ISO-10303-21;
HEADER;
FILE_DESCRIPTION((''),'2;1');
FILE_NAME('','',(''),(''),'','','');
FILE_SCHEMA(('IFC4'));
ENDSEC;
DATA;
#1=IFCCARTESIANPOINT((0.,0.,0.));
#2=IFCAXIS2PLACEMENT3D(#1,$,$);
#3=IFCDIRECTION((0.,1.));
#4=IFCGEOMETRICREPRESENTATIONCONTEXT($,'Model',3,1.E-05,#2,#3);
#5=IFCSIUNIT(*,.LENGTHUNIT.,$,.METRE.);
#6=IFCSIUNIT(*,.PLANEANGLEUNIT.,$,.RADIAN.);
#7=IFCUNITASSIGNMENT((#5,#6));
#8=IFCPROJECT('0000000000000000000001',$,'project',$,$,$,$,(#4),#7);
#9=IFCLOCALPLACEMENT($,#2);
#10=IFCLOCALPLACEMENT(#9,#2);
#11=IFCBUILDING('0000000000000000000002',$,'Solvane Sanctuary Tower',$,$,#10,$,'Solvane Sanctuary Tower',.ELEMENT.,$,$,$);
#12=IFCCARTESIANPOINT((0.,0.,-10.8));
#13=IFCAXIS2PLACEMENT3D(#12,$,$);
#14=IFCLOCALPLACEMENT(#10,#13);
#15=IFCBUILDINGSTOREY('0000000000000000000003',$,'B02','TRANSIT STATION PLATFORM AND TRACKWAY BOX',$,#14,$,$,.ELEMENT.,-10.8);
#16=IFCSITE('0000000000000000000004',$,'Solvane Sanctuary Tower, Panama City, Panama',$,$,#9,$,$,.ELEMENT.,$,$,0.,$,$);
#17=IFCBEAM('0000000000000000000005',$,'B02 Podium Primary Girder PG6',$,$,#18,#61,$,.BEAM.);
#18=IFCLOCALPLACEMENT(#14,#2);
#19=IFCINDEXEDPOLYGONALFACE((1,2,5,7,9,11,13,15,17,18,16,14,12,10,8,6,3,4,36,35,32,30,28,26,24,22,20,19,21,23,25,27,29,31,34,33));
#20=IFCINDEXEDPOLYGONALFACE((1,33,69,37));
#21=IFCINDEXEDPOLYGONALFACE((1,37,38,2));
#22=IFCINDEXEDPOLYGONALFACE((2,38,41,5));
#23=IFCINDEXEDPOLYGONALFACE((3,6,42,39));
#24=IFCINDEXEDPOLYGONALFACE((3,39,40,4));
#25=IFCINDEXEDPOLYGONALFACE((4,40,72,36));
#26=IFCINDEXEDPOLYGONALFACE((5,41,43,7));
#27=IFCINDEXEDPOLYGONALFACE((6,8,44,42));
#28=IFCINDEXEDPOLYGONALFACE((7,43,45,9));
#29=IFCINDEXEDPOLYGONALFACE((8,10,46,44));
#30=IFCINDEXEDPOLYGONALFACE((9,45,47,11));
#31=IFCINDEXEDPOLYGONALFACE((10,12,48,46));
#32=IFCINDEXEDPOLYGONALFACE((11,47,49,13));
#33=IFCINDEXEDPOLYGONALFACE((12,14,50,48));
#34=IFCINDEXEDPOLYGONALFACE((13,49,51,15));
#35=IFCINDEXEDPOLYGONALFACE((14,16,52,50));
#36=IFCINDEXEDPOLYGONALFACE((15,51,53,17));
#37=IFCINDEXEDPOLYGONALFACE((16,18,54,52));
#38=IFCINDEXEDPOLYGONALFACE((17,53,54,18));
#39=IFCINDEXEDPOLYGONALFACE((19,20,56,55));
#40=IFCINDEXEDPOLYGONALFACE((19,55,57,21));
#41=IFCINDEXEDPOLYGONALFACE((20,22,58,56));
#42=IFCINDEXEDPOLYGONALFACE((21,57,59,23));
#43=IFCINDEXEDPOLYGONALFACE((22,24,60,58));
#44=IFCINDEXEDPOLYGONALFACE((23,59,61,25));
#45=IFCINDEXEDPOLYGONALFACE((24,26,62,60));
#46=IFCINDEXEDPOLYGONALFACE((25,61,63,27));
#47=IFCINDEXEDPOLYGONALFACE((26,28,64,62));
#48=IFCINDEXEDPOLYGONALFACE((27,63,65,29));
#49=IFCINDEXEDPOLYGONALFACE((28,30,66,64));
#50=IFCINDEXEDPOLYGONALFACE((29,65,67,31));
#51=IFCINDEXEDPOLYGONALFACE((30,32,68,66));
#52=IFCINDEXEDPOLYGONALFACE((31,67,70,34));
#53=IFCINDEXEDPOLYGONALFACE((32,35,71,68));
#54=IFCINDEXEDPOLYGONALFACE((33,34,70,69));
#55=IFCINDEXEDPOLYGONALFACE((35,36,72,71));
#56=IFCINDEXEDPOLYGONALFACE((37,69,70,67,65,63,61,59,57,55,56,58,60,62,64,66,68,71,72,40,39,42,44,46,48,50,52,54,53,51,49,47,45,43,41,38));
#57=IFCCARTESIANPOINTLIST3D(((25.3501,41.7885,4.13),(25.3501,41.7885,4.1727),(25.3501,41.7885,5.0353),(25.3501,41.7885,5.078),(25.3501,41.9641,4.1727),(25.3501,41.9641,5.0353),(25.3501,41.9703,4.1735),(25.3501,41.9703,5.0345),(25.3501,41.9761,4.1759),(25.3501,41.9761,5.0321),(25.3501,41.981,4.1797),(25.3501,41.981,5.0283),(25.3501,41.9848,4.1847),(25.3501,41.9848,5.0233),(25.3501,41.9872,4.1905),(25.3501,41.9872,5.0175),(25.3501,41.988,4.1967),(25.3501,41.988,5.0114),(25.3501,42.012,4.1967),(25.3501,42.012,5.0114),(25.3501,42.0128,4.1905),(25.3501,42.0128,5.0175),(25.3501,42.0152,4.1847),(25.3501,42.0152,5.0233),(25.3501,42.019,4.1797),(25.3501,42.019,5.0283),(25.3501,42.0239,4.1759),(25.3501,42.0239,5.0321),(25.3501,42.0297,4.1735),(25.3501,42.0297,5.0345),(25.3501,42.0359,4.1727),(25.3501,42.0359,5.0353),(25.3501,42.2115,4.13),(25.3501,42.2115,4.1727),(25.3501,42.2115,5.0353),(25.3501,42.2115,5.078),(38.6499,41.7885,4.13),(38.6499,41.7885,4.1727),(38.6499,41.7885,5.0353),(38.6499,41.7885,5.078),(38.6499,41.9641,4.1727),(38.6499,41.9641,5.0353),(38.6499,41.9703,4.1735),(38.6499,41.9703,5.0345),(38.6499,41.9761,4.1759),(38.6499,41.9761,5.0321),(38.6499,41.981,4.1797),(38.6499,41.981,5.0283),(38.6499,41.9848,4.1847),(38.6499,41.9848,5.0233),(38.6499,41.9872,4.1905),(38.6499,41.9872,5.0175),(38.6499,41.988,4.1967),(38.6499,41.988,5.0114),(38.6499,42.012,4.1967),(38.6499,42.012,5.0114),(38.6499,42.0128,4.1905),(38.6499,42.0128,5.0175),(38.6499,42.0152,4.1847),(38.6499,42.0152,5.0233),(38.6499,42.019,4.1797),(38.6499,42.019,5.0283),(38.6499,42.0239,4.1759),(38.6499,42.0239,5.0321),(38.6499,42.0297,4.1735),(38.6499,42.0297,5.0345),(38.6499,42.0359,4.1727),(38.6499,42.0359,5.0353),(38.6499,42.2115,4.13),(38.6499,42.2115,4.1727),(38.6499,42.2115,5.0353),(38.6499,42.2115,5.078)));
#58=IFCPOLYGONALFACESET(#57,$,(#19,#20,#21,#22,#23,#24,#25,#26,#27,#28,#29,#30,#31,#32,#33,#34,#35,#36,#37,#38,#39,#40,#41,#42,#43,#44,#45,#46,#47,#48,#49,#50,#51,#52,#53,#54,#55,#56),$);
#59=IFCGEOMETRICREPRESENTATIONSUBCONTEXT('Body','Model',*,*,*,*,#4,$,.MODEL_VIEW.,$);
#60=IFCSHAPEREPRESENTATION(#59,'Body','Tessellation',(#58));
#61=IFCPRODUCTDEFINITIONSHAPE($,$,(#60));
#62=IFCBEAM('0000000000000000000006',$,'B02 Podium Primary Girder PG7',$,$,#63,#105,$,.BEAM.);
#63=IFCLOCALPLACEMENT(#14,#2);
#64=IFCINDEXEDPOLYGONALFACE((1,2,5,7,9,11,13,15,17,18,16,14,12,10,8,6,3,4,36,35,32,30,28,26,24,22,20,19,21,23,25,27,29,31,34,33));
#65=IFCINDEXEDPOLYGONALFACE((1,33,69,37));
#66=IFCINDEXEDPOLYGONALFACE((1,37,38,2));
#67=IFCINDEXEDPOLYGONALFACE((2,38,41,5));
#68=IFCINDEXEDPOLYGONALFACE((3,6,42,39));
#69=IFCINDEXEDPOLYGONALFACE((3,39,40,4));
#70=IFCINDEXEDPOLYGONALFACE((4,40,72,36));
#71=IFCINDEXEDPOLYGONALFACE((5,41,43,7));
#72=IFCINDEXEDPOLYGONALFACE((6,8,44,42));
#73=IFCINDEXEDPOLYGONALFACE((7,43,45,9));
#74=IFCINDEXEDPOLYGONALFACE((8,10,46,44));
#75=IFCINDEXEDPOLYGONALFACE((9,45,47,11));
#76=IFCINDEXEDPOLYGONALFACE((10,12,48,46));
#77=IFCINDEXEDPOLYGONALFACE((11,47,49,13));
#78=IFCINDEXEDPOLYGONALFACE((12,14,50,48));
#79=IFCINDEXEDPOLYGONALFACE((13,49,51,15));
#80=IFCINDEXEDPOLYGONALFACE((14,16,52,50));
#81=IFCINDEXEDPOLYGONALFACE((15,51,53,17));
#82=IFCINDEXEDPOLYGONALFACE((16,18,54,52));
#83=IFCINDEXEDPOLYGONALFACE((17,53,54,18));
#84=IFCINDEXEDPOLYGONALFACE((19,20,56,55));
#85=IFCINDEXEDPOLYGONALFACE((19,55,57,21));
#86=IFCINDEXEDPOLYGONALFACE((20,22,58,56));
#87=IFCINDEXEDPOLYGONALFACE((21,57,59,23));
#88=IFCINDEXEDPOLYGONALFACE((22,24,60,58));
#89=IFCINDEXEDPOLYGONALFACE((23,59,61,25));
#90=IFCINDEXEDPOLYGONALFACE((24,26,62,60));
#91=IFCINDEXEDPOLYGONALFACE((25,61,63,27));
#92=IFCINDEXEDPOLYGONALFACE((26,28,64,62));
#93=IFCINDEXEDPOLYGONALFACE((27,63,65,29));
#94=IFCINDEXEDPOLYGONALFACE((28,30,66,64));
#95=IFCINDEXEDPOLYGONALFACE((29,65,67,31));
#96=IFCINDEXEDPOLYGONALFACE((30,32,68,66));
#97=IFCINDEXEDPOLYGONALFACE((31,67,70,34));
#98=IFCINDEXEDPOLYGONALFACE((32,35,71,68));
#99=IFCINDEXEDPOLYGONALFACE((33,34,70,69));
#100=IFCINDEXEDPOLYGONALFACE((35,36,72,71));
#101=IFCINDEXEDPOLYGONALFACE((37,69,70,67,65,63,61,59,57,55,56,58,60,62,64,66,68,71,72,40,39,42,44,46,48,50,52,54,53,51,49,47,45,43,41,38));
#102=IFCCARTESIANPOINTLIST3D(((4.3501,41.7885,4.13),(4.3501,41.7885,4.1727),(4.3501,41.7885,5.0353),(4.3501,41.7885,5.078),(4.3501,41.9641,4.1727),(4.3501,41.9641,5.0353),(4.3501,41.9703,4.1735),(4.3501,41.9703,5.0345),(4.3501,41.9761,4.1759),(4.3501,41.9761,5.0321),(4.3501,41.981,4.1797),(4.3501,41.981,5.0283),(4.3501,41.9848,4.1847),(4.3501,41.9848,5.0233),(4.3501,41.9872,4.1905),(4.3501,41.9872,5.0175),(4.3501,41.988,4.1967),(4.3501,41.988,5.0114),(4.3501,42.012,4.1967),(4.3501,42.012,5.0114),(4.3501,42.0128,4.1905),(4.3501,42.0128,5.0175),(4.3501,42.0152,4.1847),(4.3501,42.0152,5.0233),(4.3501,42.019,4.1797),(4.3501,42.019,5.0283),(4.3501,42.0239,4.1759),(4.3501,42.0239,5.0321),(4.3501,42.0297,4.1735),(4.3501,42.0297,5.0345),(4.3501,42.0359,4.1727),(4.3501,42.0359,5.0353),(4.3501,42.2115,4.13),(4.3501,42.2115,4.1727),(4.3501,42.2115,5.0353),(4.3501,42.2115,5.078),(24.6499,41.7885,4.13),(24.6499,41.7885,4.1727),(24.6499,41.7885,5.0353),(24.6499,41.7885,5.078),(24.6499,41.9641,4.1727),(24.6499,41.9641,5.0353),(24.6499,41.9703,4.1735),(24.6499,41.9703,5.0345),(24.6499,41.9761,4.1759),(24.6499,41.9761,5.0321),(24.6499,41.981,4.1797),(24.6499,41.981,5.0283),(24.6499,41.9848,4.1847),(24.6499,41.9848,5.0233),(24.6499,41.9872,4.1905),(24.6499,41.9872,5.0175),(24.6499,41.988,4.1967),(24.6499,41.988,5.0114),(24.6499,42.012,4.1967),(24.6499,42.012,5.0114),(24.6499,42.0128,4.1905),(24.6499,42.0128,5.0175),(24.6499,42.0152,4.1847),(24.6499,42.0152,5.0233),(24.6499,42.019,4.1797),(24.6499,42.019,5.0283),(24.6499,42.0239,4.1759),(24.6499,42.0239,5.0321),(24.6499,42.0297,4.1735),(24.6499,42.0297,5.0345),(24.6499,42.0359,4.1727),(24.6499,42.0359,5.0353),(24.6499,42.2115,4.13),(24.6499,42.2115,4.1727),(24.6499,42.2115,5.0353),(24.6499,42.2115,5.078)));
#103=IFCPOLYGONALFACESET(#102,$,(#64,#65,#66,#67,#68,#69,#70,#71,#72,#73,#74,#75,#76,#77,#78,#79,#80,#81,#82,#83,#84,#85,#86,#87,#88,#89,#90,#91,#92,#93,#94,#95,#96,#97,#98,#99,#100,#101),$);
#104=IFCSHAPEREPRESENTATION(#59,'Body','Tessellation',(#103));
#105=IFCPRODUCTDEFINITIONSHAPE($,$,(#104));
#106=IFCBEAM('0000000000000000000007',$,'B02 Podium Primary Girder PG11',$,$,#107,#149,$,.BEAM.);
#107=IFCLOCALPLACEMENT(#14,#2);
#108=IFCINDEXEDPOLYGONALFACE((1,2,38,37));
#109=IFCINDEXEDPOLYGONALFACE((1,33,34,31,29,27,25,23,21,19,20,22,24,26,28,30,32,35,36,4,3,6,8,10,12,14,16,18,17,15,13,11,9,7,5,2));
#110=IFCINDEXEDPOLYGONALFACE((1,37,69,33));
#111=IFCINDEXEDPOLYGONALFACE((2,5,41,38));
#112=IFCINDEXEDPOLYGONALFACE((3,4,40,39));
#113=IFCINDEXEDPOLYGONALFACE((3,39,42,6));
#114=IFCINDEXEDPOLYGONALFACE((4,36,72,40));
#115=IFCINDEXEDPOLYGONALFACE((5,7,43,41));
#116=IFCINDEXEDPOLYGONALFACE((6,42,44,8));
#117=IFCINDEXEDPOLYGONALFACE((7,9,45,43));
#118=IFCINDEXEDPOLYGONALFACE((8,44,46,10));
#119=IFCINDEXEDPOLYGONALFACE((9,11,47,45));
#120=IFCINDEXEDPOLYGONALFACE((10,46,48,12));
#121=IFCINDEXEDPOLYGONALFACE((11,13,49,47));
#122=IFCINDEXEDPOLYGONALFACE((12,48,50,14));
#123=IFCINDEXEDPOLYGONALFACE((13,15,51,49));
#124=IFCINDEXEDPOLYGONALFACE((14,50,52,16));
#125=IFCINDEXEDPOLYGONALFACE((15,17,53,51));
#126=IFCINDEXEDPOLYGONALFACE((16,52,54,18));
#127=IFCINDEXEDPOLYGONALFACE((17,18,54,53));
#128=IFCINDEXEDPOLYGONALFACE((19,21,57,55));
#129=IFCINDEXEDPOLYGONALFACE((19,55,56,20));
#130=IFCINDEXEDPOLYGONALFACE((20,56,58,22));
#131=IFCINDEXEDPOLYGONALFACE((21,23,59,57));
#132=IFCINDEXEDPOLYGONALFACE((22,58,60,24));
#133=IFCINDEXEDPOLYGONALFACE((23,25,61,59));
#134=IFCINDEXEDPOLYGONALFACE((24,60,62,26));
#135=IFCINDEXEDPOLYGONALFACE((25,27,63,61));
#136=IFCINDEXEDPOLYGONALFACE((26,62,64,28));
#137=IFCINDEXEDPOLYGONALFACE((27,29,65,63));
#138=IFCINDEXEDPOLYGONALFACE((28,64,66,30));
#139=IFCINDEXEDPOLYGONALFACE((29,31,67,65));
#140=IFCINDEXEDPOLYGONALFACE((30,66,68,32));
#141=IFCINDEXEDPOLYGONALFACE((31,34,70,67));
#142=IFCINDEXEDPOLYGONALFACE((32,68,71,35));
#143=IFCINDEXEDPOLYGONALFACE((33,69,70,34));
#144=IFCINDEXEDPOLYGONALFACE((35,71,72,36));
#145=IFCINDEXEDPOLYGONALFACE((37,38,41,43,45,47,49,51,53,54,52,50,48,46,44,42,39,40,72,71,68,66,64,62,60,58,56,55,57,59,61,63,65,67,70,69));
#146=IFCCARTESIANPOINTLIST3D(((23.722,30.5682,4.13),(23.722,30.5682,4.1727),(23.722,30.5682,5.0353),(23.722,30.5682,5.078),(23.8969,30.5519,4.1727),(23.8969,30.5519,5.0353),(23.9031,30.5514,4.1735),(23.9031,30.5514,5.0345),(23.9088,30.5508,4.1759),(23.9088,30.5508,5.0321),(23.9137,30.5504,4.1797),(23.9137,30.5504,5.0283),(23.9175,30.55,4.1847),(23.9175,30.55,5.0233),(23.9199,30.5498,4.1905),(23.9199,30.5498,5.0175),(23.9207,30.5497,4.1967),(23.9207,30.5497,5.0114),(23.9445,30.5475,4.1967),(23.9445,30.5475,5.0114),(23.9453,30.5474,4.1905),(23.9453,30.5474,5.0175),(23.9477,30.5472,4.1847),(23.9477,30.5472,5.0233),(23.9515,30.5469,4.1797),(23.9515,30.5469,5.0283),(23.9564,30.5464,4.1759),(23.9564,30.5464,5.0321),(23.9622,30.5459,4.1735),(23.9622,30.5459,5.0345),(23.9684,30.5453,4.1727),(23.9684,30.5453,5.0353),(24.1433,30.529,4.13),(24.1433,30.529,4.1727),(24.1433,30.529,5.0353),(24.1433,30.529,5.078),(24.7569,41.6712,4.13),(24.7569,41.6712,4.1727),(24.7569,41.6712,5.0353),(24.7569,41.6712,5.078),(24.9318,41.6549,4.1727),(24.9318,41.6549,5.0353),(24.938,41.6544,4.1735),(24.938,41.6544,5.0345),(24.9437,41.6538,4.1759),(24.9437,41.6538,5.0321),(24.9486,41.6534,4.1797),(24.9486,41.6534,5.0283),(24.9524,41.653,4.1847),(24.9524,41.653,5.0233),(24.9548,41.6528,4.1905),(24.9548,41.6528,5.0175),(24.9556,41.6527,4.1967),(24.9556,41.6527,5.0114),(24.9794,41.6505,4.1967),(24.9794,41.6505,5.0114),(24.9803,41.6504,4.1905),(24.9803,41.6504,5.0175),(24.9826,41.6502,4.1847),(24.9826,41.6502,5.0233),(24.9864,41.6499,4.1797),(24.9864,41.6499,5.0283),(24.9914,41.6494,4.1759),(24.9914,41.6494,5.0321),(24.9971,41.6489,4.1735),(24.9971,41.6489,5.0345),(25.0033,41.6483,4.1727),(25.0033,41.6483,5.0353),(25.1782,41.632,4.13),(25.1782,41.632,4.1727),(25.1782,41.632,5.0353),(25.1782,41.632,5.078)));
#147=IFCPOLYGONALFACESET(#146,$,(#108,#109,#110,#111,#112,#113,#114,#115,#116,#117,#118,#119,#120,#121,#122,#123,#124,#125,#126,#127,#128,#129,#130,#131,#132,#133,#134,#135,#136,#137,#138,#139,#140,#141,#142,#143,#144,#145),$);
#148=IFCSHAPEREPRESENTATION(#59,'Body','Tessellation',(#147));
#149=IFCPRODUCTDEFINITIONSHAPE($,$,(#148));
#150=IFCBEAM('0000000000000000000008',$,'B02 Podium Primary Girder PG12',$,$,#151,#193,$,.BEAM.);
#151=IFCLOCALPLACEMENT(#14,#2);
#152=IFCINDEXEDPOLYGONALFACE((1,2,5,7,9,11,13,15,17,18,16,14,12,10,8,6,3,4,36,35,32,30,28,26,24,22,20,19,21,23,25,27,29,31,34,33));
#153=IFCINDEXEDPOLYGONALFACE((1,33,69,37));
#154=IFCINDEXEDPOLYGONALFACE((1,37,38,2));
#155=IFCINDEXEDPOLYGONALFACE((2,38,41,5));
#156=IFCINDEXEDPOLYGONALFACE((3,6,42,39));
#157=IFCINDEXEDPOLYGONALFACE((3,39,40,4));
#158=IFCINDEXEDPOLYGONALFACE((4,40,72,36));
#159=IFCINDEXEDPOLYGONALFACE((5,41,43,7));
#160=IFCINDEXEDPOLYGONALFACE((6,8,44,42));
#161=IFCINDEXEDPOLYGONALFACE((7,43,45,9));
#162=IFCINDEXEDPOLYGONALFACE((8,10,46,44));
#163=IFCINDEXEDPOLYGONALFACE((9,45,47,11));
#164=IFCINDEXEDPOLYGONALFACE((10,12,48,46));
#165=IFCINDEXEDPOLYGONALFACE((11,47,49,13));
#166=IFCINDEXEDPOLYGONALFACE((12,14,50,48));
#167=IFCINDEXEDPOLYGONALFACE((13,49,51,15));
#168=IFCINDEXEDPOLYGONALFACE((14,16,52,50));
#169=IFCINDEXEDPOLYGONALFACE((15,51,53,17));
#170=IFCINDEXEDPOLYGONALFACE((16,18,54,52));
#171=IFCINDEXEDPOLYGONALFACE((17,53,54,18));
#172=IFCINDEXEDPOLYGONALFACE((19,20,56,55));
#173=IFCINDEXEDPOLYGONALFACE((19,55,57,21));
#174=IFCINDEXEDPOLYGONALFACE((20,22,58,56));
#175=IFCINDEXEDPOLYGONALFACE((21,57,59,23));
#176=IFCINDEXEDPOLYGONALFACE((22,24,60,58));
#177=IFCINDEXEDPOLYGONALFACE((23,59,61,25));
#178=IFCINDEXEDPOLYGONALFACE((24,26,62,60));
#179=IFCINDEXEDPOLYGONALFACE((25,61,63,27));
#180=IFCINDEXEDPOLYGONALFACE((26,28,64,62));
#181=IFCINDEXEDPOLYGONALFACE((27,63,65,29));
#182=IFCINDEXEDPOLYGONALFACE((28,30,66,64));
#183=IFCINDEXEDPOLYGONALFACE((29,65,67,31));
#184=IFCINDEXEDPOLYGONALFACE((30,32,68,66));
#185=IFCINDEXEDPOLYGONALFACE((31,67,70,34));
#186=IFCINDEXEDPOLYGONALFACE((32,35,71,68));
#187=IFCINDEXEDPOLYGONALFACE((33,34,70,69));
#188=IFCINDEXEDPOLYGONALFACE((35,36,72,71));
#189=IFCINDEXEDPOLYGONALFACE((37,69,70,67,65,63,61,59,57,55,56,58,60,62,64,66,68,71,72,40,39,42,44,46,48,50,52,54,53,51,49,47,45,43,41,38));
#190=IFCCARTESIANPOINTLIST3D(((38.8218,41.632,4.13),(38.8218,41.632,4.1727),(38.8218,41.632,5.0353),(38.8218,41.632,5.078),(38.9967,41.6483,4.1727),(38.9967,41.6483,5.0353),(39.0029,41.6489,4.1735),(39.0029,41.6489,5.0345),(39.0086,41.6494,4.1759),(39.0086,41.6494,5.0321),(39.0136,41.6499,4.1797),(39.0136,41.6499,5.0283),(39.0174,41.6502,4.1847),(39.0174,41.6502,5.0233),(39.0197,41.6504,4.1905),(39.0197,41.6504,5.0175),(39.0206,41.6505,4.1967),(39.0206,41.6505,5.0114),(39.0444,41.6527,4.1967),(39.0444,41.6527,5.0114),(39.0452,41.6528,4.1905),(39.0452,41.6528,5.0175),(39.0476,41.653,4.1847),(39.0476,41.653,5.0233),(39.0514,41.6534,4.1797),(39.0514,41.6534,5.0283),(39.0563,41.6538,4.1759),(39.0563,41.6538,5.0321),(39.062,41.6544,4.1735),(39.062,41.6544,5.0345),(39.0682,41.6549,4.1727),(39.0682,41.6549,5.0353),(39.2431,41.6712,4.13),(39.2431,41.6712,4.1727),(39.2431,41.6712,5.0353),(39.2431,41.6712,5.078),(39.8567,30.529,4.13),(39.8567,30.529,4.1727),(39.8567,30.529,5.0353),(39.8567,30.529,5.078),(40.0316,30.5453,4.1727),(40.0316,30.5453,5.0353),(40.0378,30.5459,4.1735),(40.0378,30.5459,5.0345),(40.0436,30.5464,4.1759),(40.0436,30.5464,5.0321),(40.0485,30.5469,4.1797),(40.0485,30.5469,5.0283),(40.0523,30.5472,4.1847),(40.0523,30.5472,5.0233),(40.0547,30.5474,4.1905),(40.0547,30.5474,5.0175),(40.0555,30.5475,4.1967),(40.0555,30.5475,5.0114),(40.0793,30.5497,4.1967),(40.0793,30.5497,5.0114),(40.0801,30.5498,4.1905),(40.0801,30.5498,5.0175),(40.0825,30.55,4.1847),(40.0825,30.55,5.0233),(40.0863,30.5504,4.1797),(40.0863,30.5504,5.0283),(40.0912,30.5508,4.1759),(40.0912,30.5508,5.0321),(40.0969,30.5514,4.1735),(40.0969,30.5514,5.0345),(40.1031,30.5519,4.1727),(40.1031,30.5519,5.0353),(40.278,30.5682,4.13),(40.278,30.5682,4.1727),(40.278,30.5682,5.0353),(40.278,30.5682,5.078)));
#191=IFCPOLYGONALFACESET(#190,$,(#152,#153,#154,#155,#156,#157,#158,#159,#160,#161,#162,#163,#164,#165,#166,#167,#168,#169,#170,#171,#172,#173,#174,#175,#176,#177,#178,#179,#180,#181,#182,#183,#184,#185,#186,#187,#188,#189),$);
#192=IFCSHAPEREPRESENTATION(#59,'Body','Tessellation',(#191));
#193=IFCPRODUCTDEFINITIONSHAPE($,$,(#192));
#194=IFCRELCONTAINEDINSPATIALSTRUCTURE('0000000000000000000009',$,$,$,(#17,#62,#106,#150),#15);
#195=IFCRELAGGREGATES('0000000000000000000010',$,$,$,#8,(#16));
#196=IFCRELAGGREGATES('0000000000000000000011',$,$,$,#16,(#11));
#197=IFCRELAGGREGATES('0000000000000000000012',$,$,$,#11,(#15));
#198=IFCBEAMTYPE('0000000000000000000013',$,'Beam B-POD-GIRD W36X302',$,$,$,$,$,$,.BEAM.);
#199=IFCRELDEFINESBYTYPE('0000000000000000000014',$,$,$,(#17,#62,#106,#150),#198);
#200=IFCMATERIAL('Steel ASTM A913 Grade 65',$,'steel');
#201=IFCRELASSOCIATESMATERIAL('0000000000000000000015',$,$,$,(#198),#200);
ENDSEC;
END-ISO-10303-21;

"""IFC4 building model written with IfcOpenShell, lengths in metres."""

from ifc_helpers import new_model, si_unit, direction, frame, origin, origin_2d, place, context, subcontext, project, spatial, i_section, extrude, material, material_profile, profile_set, type_object, element, save


model = new_model("IFC4")

# Units and contexts
model_context = context("Model", 3, precision=1e-05, world=origin(), true_north=direction((0.0, 1.0)))
body_context = subcontext(model_context, "Body", "Model", "MODEL_VIEW")
ifc_project = project(units=[si_unit("LENGTHUNIT", "METRE"), si_unit("PLANEANGLEUNIT", "RADIAN")], contexts=[model_context])

# Site, building, storey
site_placement = place(None, origin())
site = spatial("IfcSite", under=ifc_project, at=site_placement, Name="Solvane Sanctuary Tower, Panama City, Panama", CompositionType="ELEMENT", RefElevation=0.0)
building_placement = place(site_placement, origin())
building = spatial("IfcBuilding", under=site, at=building_placement, Name="Solvane Sanctuary Tower", LongName="Solvane Sanctuary Tower", CompositionType="ELEMENT")
storey_placement = place(building_placement, frame((0.0, 0.0, -10.8)))
storey = spatial("IfcBuildingStorey", under=building, at=storey_placement, Name="B02", Description="TRANSIT STATION PLATFORM AND TRACKWAY BOX", CompositionType="ELEMENT", Elevation=-10.8)

# Beams
ifc_material_1 = material(Name="Steel ASTM A913 Grade 65", Category="steel")
ifc_material_profile_1 = material_profile(ifc_material_1, i_section(OverallWidth=0.4231, OverallDepth=0.948, WebThickness=0.0239, FlangeThickness=0.0427, FilletRadius=0.0239, at=origin_2d()), Name="W36X302")
ifc_profile_set_1 = profile_set([ifc_material_profile_1], Name="Steel ASTM A913 Grade 65")
beam_type = type_object("IfcBeamType", Name="Beam B-POD-GIRD W36X302", PredefinedType="BEAM", material=ifc_profile_set_1)
beam_1_placement = place(storey_placement, frame((38.6499, 42.0, 4.604), z_axis=(-1.0, 0.0, 0.0), x_axis=(0.0, -1.0, 0.0)))
element("IfcBeam", 1, at=beam_1_placement, inside=storey, type_object=beam_type, Name="B02 Podium Primary Girder PG6", PredefinedType="BEAM", context=body_context, shape_type="SweptSolid", body=[
    extrude(i_section(OverallWidth=0.4231, OverallDepth=0.948, WebThickness=0.0239, FlangeThickness=0.0427, FilletRadius=0.0239, at=origin_2d()), origin(), (0.0, 0.0, 1.0), 13.2998),
])
beam_2_placement = place(storey_placement, frame((24.6499, 42.0, 4.604), z_axis=(-1.0, 0.0, 0.0), x_axis=(0.0, -1.0, 0.0)))
element("IfcBeam", 2, at=beam_2_placement, inside=storey, type_object=beam_type, Name="B02 Podium Primary Girder PG7", PredefinedType="BEAM", context=body_context, shape_type="SweptSolid", body=[
    extrude(i_section(OverallWidth=0.4231, OverallDepth=0.948, WebThickness=0.0239, FlangeThickness=0.0427, FilletRadius=0.0239, at=origin_2d()), origin(), (0.0, 0.0, 1.0), 20.2998),
])
for number, where, z_axis, x_axis, name in (
    (3, (24.9675, 41.6516, 4.604), (-0.092808, -0.995684, 0.0), (0.995684, -0.092808, 0.0), "B02 Podium Primary Girder PG11"),
    (4, (39.0325, 41.6516, 4.604), (0.092808, -0.995684, 0.0), (0.995684, 0.092808, 0.0), "B02 Podium Primary Girder PG12"),
):
    element("IfcBeam", number, at=place(storey_placement, frame(where, z_axis=z_axis, x_axis=x_axis)), inside=storey, type_object=beam_type, Name=name, PredefinedType="BEAM", context=body_context, shape_type="SweptSolid", body=[
        extrude(i_section(OverallWidth=0.4231, OverallDepth=0.948, WebThickness=0.0239, FlangeThickness=0.0427, FilletRadius=0.0239, at=origin_2d()), origin(), (0.0, 0.0, 1.0), 11.1511),
    ])

save(model, "model.ifc")
